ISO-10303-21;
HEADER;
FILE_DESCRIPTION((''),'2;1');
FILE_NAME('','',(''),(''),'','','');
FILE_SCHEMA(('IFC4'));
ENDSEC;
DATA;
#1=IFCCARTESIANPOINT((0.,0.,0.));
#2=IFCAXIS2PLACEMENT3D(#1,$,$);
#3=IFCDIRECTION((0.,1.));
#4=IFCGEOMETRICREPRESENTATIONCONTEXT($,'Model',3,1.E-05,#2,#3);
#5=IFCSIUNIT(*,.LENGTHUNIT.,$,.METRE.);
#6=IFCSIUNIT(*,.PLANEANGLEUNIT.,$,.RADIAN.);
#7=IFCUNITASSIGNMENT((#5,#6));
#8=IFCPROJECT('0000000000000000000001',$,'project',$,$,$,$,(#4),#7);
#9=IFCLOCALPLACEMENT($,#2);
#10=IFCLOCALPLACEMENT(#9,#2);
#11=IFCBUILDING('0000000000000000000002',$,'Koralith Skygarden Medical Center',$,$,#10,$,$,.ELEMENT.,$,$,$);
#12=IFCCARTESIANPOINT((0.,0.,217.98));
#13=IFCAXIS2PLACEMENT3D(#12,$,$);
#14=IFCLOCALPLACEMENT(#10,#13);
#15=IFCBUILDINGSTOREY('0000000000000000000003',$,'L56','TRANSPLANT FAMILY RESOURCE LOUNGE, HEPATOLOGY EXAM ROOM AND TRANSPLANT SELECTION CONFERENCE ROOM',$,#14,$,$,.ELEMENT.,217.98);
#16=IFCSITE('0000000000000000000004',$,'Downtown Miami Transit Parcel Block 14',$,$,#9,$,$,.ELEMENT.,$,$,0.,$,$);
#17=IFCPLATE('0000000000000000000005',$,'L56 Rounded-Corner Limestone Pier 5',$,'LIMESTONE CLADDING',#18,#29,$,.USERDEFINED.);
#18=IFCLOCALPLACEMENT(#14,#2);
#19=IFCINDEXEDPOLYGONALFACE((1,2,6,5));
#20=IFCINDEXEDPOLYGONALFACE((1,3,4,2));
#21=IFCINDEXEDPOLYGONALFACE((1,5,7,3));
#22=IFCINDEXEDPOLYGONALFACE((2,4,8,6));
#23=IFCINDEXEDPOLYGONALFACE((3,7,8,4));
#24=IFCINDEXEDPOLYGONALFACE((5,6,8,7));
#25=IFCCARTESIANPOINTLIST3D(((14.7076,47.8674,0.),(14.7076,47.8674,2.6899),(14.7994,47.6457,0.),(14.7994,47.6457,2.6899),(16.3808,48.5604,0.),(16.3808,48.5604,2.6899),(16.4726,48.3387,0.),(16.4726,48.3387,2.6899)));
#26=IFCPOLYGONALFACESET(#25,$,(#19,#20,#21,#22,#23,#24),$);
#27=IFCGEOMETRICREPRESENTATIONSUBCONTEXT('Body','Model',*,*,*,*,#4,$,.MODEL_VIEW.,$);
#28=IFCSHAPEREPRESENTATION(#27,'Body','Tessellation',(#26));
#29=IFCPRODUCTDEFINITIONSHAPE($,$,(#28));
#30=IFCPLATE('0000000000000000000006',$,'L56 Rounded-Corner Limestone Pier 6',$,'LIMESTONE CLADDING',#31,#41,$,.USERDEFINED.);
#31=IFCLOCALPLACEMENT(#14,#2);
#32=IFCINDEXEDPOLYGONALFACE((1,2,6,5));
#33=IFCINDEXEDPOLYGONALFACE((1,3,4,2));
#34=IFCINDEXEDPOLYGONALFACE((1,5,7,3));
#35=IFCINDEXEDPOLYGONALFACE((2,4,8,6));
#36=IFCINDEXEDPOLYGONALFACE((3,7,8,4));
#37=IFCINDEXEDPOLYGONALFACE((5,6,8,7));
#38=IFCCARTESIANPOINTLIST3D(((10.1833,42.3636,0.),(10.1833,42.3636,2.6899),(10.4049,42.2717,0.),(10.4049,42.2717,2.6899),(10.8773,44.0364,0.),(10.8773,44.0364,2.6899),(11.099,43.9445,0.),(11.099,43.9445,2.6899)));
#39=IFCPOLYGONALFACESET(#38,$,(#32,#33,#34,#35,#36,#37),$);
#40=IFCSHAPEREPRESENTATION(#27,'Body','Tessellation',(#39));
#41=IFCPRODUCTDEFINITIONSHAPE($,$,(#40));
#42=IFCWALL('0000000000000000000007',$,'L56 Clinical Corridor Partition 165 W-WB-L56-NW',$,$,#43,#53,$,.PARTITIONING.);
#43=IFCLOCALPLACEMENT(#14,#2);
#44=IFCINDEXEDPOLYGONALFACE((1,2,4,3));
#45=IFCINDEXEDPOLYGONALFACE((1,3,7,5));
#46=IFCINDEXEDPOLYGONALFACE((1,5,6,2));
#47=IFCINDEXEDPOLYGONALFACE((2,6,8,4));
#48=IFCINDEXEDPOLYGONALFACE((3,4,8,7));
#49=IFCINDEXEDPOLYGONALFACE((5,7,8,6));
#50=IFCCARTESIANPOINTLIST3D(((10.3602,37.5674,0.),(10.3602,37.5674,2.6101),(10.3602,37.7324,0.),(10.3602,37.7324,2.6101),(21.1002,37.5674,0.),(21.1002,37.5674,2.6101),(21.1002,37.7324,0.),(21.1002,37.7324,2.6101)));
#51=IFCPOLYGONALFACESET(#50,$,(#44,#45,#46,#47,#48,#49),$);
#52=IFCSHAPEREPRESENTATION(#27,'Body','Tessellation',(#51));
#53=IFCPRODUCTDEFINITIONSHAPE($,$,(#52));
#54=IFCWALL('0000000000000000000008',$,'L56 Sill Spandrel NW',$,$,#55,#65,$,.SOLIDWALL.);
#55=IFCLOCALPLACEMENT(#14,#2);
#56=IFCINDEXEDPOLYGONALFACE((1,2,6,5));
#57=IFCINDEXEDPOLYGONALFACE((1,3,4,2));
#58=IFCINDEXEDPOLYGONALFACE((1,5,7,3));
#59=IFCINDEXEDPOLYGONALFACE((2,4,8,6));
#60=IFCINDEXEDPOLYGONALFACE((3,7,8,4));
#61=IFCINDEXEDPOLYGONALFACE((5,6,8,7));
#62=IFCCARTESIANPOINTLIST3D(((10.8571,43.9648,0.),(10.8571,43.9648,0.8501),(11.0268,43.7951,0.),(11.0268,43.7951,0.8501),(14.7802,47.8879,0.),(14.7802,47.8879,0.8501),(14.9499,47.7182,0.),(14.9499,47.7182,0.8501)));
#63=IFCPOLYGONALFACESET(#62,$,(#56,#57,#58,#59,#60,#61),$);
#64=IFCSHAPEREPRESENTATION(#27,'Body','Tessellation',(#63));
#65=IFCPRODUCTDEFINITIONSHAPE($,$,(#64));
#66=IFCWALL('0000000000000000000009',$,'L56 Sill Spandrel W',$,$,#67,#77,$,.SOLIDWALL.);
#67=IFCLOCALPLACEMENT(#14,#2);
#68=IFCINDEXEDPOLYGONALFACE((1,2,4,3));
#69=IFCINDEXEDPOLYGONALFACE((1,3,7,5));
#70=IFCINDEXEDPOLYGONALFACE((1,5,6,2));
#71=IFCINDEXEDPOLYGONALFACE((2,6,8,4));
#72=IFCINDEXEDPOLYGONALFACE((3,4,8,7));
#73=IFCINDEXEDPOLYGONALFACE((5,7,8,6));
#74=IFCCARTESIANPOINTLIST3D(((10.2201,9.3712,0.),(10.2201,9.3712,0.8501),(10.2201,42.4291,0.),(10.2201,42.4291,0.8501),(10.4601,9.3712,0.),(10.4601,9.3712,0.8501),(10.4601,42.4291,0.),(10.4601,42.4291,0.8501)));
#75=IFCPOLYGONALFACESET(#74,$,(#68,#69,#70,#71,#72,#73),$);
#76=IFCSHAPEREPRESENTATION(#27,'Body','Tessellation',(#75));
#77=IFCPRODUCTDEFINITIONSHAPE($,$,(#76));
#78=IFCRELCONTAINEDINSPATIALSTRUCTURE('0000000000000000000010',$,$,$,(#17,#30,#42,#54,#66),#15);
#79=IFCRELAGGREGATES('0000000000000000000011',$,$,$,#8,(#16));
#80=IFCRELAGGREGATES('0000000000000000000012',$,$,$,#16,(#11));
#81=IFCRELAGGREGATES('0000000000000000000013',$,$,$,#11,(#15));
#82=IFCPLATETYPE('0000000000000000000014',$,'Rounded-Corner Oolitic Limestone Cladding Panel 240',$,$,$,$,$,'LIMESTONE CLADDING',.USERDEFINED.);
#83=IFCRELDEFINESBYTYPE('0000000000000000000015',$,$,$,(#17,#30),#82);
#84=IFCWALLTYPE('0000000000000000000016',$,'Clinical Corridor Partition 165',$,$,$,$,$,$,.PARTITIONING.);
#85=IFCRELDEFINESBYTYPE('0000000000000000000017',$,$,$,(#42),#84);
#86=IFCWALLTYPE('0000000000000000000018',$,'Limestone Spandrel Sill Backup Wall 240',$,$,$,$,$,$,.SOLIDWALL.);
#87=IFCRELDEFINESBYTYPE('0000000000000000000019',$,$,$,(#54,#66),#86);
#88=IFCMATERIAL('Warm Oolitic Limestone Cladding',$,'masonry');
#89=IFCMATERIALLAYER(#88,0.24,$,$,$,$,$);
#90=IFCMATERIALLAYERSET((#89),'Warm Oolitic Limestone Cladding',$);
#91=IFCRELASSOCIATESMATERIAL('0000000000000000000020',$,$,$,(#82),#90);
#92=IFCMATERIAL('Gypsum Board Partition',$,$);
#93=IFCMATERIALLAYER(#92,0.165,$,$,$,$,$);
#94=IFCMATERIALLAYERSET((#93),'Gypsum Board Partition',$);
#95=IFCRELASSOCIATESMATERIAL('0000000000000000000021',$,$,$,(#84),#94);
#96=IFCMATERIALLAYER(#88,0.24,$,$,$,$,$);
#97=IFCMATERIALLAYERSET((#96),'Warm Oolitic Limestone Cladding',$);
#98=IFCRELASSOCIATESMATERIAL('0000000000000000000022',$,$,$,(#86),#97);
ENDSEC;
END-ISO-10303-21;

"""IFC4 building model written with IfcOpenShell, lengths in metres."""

from ifc_helpers import new_model, si_unit, direction, frame, frame_2d, origin, origin_2d, place, context, subcontext, project, spatial, rectangle, extrude, material, layer, layer_set, type_object, element, save


model = new_model("IFC4")

# Units and contexts
model_context = context("Model", 3, precision=1e-05, world=origin(), true_north=direction((0.0, 1.0)))
body_context = subcontext(model_context, "Body", "Model", "MODEL_VIEW")
ifc_project = project(units=[si_unit("LENGTHUNIT", "METRE"), si_unit("PLANEANGLEUNIT", "RADIAN")], contexts=[model_context])

# Site, building, storey
site_placement = place(None, origin())
site = spatial("IfcSite", under=ifc_project, at=site_placement, Name="Downtown Miami Transit Parcel Block 14", CompositionType="ELEMENT", RefElevation=0.0)
building_placement = place(site_placement, origin())
building = spatial("IfcBuilding", under=site, at=building_placement, Name="Koralith Skygarden Medical Center", CompositionType="ELEMENT")
storey_placement = place(building_placement, frame((0.0, 0.0, 217.98)))
storey = spatial("IfcBuildingStorey", under=building, at=storey_placement, Name="L56", Description="TRANSPLANT FAMILY RESOURCE LOUNGE, HEPATOLOGY EXAM ROOM AND TRANSPLANT SELECTION CONFERENCE ROOM", CompositionType="ELEMENT", Elevation=217.98)

# Plates
ifc_material_1 = material(Name="Warm Oolitic Limestone Cladding", Category="masonry")
ifc_layer_1 = layer(ifc_material_1, 0.24)
ifc_layer_set_1 = layer_set([ifc_layer_1], Name="Warm Oolitic Limestone Cladding")
plate_type_1 = type_object("IfcPlateType", Name="Rounded-Corner Oolitic Limestone Cladding Panel 240", ElementType="LIMESTONE CLADDING", PredefinedType="USERDEFINED", material=ifc_layer_set_1)
for number, where, z_axis, x_axis, name in (
    (1, (15.5901, 48.103, 0.0), (0.0, 0.0, 1.0), (-0.923885, -0.382671, 0.0), "L56 Rounded-Corner Limestone Pier 5"),
    (2, (10.6411, 43.1541, 0.0), (0.0, 0.0, 1.0), (-0.383214, -0.92366, 0.0), "L56 Rounded-Corner Limestone Pier 6"),
):
    element("IfcPlate", number, at=place(storey_placement, frame(where, z_axis=z_axis, x_axis=x_axis)), inside=storey, type_object=plate_type_1, Name=name, ObjectType="LIMESTONE CLADDING", PredefinedType="USERDEFINED", context=body_context, shape_type="SweptSolid", body=[
        extrude(rectangle(XDim=1.811, YDim=0.24, at=origin_2d()), origin(), (0.0, 0.0, 1.0), 2.6899),
    ])

# Walls
ifc_material_2 = material(Name="Gypsum Board Partition")
ifc_layer_2 = layer(ifc_material_2, 0.165)
ifc_layer_set_2 = layer_set([ifc_layer_2], Name="Gypsum Board Partition")
wall_type_1 = type_object("IfcWallType", Name="Clinical Corridor Partition 165", PredefinedType="PARTITIONING", material=ifc_layer_set_2)
wall_1_placement = place(storey_placement, frame((10.3601, 37.6499, 0.0), z_axis=(0.0, 0.0, 1.0), x_axis=(1.0, 0.0, 0.0)))
element("IfcWall", 3, at=wall_1_placement, inside=storey, type_object=wall_type_1, Name="L56 Clinical Corridor Partition 165 W-WB-L56-NW", PredefinedType="PARTITIONING", context=body_context, shape_type="SweptSolid", body=[
    extrude(rectangle(XDim=10.74, YDim=0.165, at=frame_2d((5.3701, 0.0))), origin(), (0.0, 0.0, 1.0), 2.6101),
])
ifc_layer_3 = layer(ifc_material_1, 0.24)
ifc_layer_set_3 = layer_set([ifc_layer_3], Name="Warm Oolitic Limestone Cladding")
wall_type_2 = type_object("IfcWallType", Name="Limestone Spandrel Sill Backup Wall 240", PredefinedType="SOLIDWALL", material=ifc_layer_set_3)
wall_2_placement = place(storey_placement, frame((14.865, 47.803, 0.0), z_axis=(0.0, 0.0, 1.0), x_axis=(-0.707107, -0.707107, 0.0)))
element("IfcWall", 4, at=wall_2_placement, inside=storey, type_object=wall_type_2, Name="L56 Sill Spandrel NW", PredefinedType="SOLIDWALL", context=body_context, shape_type="SweptSolid", body=[
    extrude(rectangle(XDim=5.5481, YDim=0.24, at=frame_2d((2.7739, 0.0))), origin(), (0.0, 0.0, 1.0), 0.8501),
])
wall_3_placement = place(storey_placement, frame((10.3401, 42.429, 0.0), z_axis=(0.0, 0.0, 1.0), x_axis=(0.0, -1.0, 0.0)))
element("IfcWall", 5, at=wall_3_placement, inside=storey, type_object=wall_type_2, Name="L56 Sill Spandrel W", PredefinedType="SOLIDWALL", context=body_context, shape_type="SweptSolid", body=[
    extrude(rectangle(XDim=33.0579, YDim=0.24, at=frame_2d((16.5288, 0.0))), origin(), (0.0, 0.0, 1.0), 0.8501),
])

save(model, "model.ifc")
